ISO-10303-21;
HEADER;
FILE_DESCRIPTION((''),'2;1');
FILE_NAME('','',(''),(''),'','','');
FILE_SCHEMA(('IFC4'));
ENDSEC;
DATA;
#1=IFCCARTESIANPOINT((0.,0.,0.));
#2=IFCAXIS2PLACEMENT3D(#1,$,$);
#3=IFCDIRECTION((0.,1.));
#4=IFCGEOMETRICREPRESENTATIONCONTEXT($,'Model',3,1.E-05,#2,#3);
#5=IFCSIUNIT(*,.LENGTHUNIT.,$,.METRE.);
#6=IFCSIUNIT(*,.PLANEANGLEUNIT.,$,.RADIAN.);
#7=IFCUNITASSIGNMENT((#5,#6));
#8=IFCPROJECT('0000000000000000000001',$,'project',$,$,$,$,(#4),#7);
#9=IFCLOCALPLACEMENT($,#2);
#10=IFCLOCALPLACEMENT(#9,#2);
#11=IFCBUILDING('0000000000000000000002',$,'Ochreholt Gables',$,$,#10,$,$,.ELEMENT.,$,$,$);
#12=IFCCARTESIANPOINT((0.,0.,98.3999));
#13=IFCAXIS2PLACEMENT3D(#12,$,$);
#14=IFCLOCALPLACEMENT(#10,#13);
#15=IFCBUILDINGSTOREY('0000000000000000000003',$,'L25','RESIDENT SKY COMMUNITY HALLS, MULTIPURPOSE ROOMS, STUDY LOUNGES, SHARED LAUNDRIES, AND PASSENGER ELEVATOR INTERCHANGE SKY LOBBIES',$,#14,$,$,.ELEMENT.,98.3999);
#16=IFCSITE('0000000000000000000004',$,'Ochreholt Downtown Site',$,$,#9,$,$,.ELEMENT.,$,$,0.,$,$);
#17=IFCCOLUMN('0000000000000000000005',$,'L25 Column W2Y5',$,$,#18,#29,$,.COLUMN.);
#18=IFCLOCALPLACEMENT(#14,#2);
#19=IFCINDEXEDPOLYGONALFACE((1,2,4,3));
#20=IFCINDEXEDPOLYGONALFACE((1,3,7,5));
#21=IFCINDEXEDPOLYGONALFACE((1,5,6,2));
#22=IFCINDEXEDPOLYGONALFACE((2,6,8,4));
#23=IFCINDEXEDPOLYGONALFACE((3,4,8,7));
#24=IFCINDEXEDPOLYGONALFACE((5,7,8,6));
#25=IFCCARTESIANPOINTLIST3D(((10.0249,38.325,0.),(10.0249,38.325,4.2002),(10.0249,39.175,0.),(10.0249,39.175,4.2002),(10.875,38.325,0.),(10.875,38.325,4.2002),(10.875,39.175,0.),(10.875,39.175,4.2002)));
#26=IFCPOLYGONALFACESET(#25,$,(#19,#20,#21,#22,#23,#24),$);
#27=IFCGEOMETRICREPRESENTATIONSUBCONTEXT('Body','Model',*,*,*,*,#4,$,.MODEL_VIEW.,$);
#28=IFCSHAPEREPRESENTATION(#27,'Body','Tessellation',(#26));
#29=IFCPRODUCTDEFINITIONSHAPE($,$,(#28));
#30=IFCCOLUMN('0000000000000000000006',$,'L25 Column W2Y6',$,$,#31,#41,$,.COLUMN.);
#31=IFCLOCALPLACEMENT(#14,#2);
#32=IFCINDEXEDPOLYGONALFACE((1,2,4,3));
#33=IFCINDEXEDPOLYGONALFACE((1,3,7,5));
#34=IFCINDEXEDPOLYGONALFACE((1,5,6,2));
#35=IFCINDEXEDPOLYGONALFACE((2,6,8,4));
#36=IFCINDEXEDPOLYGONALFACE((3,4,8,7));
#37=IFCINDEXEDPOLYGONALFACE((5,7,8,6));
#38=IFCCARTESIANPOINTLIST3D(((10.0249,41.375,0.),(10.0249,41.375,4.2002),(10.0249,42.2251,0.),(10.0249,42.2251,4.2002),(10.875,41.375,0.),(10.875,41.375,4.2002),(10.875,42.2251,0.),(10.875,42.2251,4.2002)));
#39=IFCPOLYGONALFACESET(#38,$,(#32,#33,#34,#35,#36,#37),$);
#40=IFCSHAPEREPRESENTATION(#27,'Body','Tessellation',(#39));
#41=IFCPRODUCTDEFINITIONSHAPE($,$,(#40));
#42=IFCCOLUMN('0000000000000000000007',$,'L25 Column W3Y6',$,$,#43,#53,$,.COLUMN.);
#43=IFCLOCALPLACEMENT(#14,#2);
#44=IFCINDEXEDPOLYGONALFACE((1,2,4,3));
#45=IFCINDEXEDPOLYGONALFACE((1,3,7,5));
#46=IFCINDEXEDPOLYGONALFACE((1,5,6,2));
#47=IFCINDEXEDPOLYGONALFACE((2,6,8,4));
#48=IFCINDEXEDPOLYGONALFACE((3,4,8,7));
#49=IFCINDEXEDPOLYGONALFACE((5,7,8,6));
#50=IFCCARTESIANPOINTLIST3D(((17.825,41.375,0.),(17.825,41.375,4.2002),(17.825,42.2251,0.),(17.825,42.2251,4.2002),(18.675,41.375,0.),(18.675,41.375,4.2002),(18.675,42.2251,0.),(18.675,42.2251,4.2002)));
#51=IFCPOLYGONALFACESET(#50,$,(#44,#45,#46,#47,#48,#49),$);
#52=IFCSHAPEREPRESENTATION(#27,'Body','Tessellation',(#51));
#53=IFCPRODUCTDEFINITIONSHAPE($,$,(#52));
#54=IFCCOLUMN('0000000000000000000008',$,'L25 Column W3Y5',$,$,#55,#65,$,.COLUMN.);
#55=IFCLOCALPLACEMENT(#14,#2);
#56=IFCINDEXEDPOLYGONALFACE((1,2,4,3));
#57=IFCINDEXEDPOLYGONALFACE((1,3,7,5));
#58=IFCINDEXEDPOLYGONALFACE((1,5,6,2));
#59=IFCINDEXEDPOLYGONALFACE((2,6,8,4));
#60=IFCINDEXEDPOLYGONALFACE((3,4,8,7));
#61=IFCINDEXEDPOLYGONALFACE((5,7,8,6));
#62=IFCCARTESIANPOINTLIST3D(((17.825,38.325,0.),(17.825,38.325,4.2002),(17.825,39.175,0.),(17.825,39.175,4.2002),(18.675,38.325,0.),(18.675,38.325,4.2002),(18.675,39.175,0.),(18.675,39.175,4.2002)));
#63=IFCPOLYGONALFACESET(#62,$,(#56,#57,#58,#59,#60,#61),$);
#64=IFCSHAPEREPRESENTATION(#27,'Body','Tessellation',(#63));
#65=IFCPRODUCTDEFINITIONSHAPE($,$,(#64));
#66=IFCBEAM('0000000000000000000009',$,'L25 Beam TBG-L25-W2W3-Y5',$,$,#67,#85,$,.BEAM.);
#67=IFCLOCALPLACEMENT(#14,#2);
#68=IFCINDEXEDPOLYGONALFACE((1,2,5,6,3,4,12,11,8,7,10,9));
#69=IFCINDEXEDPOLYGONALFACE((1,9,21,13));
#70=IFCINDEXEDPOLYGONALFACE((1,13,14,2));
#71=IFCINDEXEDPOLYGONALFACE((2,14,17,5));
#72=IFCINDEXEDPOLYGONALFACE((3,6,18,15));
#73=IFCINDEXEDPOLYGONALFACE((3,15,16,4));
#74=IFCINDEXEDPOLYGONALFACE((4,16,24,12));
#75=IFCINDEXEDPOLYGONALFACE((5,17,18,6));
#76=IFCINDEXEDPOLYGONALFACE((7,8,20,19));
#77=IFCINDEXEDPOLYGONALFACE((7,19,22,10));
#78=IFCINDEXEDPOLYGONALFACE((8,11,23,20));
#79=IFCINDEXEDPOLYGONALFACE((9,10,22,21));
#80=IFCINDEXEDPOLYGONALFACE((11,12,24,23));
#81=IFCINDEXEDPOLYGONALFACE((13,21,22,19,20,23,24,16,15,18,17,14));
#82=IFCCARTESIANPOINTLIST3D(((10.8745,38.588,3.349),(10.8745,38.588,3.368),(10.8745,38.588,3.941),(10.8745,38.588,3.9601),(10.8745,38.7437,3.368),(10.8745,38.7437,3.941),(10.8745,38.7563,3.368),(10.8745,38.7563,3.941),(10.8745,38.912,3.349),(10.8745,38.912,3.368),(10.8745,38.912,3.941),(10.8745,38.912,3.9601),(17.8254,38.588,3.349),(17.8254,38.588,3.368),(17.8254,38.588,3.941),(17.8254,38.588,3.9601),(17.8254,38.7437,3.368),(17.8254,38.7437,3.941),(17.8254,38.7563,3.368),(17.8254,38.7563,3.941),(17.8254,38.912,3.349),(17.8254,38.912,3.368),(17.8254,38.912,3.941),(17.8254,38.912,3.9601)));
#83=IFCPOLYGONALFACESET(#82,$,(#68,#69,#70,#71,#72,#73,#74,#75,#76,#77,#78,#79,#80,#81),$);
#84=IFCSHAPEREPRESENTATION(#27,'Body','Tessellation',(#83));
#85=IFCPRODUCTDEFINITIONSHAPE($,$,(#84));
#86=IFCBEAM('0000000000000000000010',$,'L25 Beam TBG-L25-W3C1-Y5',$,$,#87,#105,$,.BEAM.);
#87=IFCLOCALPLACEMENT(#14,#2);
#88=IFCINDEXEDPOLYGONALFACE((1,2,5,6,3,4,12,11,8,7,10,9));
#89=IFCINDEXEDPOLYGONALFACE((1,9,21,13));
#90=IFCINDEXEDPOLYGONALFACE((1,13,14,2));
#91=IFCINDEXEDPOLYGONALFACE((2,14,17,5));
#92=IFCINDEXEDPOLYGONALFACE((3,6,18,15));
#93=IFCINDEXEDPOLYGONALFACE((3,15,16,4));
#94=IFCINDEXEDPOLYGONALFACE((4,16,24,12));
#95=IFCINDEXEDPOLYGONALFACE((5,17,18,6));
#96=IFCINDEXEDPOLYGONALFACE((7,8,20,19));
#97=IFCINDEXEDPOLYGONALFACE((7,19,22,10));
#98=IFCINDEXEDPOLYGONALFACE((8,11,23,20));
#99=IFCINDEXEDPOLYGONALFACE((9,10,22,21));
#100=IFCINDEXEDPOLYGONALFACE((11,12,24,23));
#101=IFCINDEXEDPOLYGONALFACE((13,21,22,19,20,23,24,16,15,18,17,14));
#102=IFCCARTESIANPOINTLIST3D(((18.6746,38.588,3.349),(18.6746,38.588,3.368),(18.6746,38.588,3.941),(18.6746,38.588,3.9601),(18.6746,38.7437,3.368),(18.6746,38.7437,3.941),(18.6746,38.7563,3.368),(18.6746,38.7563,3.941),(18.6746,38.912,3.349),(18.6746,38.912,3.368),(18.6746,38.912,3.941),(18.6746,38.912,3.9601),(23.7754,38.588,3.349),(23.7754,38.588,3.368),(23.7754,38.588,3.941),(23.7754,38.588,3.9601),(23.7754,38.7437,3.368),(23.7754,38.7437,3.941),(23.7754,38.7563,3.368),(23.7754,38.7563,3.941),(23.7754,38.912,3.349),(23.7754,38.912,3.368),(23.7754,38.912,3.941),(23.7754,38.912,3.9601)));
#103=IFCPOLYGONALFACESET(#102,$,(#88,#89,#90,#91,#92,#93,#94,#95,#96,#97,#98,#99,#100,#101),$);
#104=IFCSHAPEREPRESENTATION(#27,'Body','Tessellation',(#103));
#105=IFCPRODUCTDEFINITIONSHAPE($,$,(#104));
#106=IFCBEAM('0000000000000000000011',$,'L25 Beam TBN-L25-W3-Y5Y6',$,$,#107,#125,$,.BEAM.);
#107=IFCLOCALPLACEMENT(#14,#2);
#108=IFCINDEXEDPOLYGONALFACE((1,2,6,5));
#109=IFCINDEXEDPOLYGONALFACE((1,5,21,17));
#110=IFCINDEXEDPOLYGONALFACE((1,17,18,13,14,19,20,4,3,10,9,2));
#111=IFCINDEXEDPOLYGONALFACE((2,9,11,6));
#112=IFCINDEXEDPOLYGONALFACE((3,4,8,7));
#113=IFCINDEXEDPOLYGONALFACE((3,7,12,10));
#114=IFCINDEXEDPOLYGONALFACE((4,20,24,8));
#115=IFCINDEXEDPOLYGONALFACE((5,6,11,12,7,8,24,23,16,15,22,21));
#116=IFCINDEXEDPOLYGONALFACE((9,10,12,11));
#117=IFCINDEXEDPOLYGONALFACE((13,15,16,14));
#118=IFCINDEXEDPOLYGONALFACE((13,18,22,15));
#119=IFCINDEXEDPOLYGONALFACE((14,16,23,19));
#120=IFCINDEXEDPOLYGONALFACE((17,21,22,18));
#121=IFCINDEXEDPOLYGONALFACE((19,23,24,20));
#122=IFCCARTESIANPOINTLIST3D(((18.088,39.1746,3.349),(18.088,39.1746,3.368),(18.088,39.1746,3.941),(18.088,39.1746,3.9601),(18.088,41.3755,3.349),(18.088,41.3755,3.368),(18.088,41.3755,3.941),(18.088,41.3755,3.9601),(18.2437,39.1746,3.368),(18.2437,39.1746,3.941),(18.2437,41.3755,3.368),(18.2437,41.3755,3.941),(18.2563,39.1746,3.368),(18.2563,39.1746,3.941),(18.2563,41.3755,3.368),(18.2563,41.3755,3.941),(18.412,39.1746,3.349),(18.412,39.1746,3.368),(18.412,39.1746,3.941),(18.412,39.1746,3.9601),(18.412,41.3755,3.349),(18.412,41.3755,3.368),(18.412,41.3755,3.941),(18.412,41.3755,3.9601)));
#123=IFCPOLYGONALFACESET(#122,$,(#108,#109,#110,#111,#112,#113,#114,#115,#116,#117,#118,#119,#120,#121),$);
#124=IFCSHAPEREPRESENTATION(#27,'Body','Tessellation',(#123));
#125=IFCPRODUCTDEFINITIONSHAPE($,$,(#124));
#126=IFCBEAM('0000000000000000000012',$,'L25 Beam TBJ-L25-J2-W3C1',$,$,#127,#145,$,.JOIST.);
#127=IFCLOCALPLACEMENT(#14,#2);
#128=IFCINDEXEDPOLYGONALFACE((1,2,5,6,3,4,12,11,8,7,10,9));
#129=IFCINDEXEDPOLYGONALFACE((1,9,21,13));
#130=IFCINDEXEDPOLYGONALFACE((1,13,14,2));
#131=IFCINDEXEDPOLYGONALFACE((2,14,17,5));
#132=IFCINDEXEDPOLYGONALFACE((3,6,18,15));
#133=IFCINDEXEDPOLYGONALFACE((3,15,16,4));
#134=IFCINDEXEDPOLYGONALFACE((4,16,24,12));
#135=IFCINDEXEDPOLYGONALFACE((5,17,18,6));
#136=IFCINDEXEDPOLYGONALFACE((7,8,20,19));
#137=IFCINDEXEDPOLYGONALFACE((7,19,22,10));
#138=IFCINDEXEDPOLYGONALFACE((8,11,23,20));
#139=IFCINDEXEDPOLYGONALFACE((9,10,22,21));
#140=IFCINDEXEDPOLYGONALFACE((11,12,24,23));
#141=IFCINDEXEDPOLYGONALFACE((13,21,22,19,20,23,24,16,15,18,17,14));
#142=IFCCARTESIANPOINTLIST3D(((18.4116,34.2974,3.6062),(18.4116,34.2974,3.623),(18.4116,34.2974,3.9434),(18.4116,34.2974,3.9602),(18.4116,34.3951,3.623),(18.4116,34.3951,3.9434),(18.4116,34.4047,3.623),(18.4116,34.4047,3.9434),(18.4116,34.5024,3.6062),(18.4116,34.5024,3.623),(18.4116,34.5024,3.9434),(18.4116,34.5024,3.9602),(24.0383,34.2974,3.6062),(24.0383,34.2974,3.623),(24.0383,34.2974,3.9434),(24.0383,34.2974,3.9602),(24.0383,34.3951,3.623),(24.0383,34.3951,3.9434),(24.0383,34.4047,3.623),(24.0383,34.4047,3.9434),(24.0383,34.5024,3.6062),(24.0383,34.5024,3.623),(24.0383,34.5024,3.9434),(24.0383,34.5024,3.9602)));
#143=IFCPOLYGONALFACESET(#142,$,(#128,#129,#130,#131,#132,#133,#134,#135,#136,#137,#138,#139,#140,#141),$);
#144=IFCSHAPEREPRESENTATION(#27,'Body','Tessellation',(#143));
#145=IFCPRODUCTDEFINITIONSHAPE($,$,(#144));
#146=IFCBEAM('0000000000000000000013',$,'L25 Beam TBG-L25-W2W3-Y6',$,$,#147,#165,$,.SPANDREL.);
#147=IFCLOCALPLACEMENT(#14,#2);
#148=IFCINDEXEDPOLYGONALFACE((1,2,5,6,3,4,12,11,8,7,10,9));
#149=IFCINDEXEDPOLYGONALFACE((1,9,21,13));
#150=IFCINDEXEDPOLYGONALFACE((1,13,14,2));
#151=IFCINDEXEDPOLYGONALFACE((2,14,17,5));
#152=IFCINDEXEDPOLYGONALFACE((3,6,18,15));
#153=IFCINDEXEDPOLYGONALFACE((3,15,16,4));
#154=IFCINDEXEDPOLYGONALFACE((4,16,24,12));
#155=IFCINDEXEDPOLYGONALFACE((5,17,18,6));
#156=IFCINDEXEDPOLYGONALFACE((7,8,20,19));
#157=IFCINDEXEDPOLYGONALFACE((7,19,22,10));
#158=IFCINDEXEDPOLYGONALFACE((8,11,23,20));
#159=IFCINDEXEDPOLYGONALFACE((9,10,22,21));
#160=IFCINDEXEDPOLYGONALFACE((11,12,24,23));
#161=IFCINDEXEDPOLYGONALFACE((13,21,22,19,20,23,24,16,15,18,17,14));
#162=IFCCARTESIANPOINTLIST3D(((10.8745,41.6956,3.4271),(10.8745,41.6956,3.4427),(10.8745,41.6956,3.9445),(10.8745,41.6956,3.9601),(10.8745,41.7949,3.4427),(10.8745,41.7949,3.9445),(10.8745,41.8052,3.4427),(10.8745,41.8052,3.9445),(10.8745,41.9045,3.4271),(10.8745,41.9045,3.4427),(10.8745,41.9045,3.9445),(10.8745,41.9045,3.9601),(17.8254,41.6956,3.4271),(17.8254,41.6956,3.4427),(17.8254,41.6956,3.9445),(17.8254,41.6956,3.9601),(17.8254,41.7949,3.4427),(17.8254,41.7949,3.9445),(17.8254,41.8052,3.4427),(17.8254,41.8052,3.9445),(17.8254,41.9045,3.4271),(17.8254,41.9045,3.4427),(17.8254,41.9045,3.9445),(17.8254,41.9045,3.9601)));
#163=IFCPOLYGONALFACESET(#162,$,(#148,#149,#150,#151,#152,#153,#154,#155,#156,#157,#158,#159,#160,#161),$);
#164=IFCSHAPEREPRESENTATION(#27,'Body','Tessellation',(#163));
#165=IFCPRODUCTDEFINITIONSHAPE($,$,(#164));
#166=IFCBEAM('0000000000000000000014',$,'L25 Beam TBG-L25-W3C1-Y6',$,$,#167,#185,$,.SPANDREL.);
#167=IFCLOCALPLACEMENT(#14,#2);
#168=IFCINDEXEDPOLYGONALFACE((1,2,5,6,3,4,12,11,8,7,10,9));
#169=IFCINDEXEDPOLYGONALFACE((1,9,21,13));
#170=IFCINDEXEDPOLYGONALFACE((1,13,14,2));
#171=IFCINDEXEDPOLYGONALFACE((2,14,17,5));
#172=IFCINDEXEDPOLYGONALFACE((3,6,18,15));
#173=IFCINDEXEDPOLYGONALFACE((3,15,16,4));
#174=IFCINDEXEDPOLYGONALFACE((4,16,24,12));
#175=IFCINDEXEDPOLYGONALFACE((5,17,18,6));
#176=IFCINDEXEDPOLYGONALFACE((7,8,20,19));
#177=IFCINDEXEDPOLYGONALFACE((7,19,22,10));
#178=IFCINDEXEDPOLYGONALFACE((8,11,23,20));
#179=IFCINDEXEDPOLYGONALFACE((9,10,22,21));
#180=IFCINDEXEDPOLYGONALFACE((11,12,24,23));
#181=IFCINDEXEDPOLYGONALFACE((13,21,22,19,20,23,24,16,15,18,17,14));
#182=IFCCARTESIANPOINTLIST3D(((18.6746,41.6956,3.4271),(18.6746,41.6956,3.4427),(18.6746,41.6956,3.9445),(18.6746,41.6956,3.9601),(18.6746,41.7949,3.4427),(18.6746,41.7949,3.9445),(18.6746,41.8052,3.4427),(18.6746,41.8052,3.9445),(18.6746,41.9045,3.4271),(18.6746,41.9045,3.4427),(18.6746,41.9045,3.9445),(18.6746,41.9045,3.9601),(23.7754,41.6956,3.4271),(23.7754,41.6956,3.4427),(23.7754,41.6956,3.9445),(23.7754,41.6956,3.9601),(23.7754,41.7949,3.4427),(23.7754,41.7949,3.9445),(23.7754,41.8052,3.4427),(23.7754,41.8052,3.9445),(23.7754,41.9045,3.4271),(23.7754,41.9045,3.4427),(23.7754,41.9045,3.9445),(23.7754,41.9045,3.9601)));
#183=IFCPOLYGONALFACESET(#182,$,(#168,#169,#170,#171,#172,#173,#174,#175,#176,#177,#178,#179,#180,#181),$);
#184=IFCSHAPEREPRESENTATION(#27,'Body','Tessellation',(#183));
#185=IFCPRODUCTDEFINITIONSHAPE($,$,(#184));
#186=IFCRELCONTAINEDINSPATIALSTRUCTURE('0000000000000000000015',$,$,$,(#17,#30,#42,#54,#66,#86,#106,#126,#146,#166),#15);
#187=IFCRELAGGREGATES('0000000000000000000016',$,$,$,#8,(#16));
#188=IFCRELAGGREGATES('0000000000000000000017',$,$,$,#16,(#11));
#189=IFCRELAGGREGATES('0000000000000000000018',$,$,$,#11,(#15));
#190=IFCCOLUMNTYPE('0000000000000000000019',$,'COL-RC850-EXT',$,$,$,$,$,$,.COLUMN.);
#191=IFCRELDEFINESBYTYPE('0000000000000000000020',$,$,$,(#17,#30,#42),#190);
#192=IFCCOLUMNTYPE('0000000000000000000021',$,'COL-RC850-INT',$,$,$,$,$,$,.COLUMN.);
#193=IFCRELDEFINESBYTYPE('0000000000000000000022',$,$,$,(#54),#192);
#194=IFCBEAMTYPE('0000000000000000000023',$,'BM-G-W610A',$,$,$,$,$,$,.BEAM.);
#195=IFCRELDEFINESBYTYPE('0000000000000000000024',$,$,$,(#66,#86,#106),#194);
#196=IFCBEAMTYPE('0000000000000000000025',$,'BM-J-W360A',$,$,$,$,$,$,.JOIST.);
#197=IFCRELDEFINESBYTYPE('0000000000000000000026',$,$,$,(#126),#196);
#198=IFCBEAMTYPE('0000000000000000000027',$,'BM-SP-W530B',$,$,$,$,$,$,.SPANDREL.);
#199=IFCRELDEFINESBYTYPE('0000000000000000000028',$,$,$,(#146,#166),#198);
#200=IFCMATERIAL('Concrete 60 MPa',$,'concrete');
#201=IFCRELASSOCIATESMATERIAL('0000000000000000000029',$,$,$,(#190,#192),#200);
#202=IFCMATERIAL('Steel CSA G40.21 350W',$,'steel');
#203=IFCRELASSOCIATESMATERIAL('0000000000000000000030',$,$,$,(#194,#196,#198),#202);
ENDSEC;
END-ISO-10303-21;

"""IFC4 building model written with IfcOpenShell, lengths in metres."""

from ifc_helpers import new_model, si_unit, direction, frame, origin, origin_2d, place, context, subcontext, project, spatial, rectangle, i_section, extrude, material, material_profile, profile_set, type_object, element, save


model = new_model("IFC4")

# Units and contexts
model_context = context("Model", 3, precision=1e-05, world=origin(), true_north=direction((0.0, 1.0)))
body_context = subcontext(model_context, "Body", "Model", "MODEL_VIEW")
ifc_project = project(units=[si_unit("LENGTHUNIT", "METRE"), si_unit("PLANEANGLEUNIT", "RADIAN")], contexts=[model_context])

# Site, building, storey
site_placement = place(None, origin())
site = spatial("IfcSite", under=ifc_project, at=site_placement, Name="Ochreholt Downtown Site", CompositionType="ELEMENT", RefElevation=0.0)
building_placement = place(site_placement, origin())
building = spatial("IfcBuilding", under=site, at=building_placement, Name="Ochreholt Gables", CompositionType="ELEMENT")
storey_placement = place(building_placement, frame((0.0, 0.0, 98.3999)))
storey = spatial("IfcBuildingStorey", under=building, at=storey_placement, Name="L25", Description="RESIDENT SKY COMMUNITY HALLS, MULTIPURPOSE ROOMS, STUDY LOUNGES, SHARED LAUNDRIES, AND PASSENGER ELEVATOR INTERCHANGE SKY LOBBIES", CompositionType="ELEMENT", Elevation=98.3999)

# Columns
ifc_material_1 = material(Name="Concrete 60 MPa", Category="concrete")
ifc_material_profile_1 = material_profile(ifc_material_1, rectangle(XDim=0.8501, YDim=0.8501, at=origin_2d()), Name="RC850X850")
ifc_profile_set_1 = profile_set([ifc_material_profile_1], Name="Concrete 60 MPa")
column_type_1 = type_object("IfcColumnType", Name="COL-RC850-EXT", PredefinedType="COLUMN", material=ifc_profile_set_1)
for number, where, z_axis, x_axis, name in (
    (1, (10.45, 38.75, 0.0), (0.0, 0.0, 1.0), (1.0, 0.0, 0.0), "L25 Column W2Y5"),
    (2, (10.45, 41.8, 0.0), (0.0, 0.0, 1.0), (1.0, 0.0, 0.0), "L25 Column W2Y6"),
    (3, (18.25, 41.8, 0.0), (0.0, 0.0, 1.0), (1.0, 0.0, 0.0), "L25 Column W3Y6"),
):
    element("IfcColumn", number, at=place(storey_placement, frame(where, z_axis=z_axis, x_axis=x_axis)), inside=storey, type_object=column_type_1, Name=name, PredefinedType="COLUMN", context=body_context, shape_type="SweptSolid", body=[
        extrude(rectangle(XDim=0.8501, YDim=0.8501, at=origin_2d()), origin(), (0.0, 0.0, 1.0), 4.2002),
    ])
ifc_material_profile_2 = material_profile(ifc_material_1, rectangle(XDim=0.8501, YDim=0.8501, at=origin_2d()), Name="RC850X850")
ifc_profile_set_2 = profile_set([ifc_material_profile_2], Name="Concrete 60 MPa")
column_type_2 = type_object("IfcColumnType", Name="COL-RC850-INT", PredefinedType="COLUMN", material=ifc_profile_set_2)
column_placement = place(storey_placement, frame((18.25, 38.75, 0.0), z_axis=(0.0, 0.0, 1.0), x_axis=(1.0, 0.0, 0.0)))
element("IfcColumn", 4, at=column_placement, inside=storey, type_object=column_type_2, Name="L25 Column W3Y5", PredefinedType="COLUMN", context=body_context, shape_type="SweptSolid", body=[
    extrude(rectangle(XDim=0.8501, YDim=0.8501, at=origin_2d()), origin(), (0.0, 0.0, 1.0), 4.2002),
])

# Beams
ifc_material_2 = material(Name="Steel CSA G40.21 350W", Category="steel")
ifc_material_profile_3 = material_profile(ifc_material_2, i_section(OverallWidth=0.324, OverallDepth=0.6111, WebThickness=0.0127, FlangeThickness=0.019, at=origin_2d()), Name="W610X155")
ifc_profile_set_3 = profile_set([ifc_material_profile_3], Name="Steel CSA G40.21 350W")
beam_type_1 = type_object("IfcBeamType", Name="BM-G-W610A", PredefinedType="BEAM", material=ifc_profile_set_3)
beam_1_placement = place(storey_placement, frame((10.8745, 38.75, 3.6545), z_axis=(1.0, 0.0, 0.0), x_axis=(0.0, 1.0, 0.0)))
element("IfcBeam", 5, at=beam_1_placement, inside=storey, type_object=beam_type_1, Name="L25 Beam TBG-L25-W2W3-Y5", PredefinedType="BEAM", context=body_context, shape_type="SweptSolid", body=[
    extrude(i_section(OverallWidth=0.324, OverallDepth=0.6111, WebThickness=0.0127, FlangeThickness=0.019, at=origin_2d()), origin(), (0.0, 0.0, 1.0), 6.9509),
])
beam_2_placement = place(storey_placement, frame((18.6746, 38.75, 3.6545), z_axis=(1.0, 0.0, 0.0), x_axis=(0.0, 1.0, 0.0)))
element("IfcBeam", 6, at=beam_2_placement, inside=storey, type_object=beam_type_1, Name="L25 Beam TBG-L25-W3C1-Y5", PredefinedType="BEAM", context=body_context, shape_type="SweptSolid", body=[
    extrude(i_section(OverallWidth=0.324, OverallDepth=0.6111, WebThickness=0.0127, FlangeThickness=0.019, at=origin_2d()), origin(), (0.0, 0.0, 1.0), 5.1008),
])
beam_3_placement = place(storey_placement, frame((18.25, 39.1746, 3.6545), z_axis=(0.0, 1.0, 0.0), x_axis=(-1.0, 0.0, 0.0)))
element("IfcBeam", 7, at=beam_3_placement, inside=storey, type_object=beam_type_1, Name="L25 Beam TBN-L25-W3-Y5Y6", PredefinedType="BEAM", context=body_context, shape_type="SweptSolid", body=[
    extrude(i_section(OverallWidth=0.324, OverallDepth=0.6111, WebThickness=0.0127, FlangeThickness=0.019, at=origin_2d()), origin(), (0.0, 0.0, 1.0), 2.2009),
])
ifc_material_profile_4 = material_profile(ifc_material_2, i_section(OverallWidth=0.2051, OverallDepth=0.354, WebThickness=0.0095, FlangeThickness=0.0168, at=origin_2d()), Name="W360X79")
ifc_profile_set_4 = profile_set([ifc_material_profile_4], Name="Steel CSA G40.21 350W")
beam_type_2 = type_object("IfcBeamType", Name="BM-J-W360A", PredefinedType="JOIST", material=ifc_profile_set_4)
beam_4_placement = place(storey_placement, frame((18.4116, 34.3999, 3.7832), z_axis=(1.0, 0.0, 0.0), x_axis=(0.0, 1.0, 0.0)))
element("IfcBeam", 8, at=beam_4_placement, inside=storey, type_object=beam_type_2, Name="L25 Beam TBJ-L25-J2-W3C1", PredefinedType="JOIST", context=body_context, shape_type="SweptSolid", body=[
    extrude(i_section(OverallWidth=0.2051, OverallDepth=0.354, WebThickness=0.0095, FlangeThickness=0.0168, at=origin_2d()), origin(), (0.0, 0.0, 1.0), 5.6267),
])
ifc_material_profile_5 = material_profile(ifc_material_2, i_section(OverallWidth=0.209, OverallDepth=0.533, WebThickness=0.0103, FlangeThickness=0.0156, at=origin_2d()), Name="W530X92")
ifc_profile_set_5 = profile_set([ifc_material_profile_5], Name="Steel CSA G40.21 350W")
beam_type_3 = type_object("IfcBeamType", Name="BM-SP-W530B", PredefinedType="SPANDREL", material=ifc_profile_set_5)
beam_5_placement = place(storey_placement, frame((10.8745, 41.8, 3.6936), z_axis=(1.0, 0.0, 0.0), x_axis=(0.0, 1.0, 0.0)))
element("IfcBeam", 9, at=beam_5_placement, inside=storey, type_object=beam_type_3, Name="L25 Beam TBG-L25-W2W3-Y6", PredefinedType="SPANDREL", context=body_context, shape_type="SweptSolid", body=[
    extrude(i_section(OverallWidth=0.209, OverallDepth=0.533, WebThickness=0.0103, FlangeThickness=0.0156, at=origin_2d()), origin(), (0.0, 0.0, 1.0), 6.9509),
])
beam_6_placement = place(storey_placement, frame((18.6746, 41.8, 3.6936), z_axis=(1.0, 0.0, 0.0), x_axis=(0.0, 1.0, 0.0)))
element("IfcBeam", 10, at=beam_6_placement, inside=storey, type_object=beam_type_3, Name="L25 Beam TBG-L25-W3C1-Y6", PredefinedType="SPANDREL", context=body_context, shape_type="SweptSolid", body=[
    extrude(i_section(OverallWidth=0.209, OverallDepth=0.533, WebThickness=0.0103, FlangeThickness=0.0156, at=origin_2d()), origin(), (0.0, 0.0, 1.0), 5.1008),
])

save(model, "model.ifc")
